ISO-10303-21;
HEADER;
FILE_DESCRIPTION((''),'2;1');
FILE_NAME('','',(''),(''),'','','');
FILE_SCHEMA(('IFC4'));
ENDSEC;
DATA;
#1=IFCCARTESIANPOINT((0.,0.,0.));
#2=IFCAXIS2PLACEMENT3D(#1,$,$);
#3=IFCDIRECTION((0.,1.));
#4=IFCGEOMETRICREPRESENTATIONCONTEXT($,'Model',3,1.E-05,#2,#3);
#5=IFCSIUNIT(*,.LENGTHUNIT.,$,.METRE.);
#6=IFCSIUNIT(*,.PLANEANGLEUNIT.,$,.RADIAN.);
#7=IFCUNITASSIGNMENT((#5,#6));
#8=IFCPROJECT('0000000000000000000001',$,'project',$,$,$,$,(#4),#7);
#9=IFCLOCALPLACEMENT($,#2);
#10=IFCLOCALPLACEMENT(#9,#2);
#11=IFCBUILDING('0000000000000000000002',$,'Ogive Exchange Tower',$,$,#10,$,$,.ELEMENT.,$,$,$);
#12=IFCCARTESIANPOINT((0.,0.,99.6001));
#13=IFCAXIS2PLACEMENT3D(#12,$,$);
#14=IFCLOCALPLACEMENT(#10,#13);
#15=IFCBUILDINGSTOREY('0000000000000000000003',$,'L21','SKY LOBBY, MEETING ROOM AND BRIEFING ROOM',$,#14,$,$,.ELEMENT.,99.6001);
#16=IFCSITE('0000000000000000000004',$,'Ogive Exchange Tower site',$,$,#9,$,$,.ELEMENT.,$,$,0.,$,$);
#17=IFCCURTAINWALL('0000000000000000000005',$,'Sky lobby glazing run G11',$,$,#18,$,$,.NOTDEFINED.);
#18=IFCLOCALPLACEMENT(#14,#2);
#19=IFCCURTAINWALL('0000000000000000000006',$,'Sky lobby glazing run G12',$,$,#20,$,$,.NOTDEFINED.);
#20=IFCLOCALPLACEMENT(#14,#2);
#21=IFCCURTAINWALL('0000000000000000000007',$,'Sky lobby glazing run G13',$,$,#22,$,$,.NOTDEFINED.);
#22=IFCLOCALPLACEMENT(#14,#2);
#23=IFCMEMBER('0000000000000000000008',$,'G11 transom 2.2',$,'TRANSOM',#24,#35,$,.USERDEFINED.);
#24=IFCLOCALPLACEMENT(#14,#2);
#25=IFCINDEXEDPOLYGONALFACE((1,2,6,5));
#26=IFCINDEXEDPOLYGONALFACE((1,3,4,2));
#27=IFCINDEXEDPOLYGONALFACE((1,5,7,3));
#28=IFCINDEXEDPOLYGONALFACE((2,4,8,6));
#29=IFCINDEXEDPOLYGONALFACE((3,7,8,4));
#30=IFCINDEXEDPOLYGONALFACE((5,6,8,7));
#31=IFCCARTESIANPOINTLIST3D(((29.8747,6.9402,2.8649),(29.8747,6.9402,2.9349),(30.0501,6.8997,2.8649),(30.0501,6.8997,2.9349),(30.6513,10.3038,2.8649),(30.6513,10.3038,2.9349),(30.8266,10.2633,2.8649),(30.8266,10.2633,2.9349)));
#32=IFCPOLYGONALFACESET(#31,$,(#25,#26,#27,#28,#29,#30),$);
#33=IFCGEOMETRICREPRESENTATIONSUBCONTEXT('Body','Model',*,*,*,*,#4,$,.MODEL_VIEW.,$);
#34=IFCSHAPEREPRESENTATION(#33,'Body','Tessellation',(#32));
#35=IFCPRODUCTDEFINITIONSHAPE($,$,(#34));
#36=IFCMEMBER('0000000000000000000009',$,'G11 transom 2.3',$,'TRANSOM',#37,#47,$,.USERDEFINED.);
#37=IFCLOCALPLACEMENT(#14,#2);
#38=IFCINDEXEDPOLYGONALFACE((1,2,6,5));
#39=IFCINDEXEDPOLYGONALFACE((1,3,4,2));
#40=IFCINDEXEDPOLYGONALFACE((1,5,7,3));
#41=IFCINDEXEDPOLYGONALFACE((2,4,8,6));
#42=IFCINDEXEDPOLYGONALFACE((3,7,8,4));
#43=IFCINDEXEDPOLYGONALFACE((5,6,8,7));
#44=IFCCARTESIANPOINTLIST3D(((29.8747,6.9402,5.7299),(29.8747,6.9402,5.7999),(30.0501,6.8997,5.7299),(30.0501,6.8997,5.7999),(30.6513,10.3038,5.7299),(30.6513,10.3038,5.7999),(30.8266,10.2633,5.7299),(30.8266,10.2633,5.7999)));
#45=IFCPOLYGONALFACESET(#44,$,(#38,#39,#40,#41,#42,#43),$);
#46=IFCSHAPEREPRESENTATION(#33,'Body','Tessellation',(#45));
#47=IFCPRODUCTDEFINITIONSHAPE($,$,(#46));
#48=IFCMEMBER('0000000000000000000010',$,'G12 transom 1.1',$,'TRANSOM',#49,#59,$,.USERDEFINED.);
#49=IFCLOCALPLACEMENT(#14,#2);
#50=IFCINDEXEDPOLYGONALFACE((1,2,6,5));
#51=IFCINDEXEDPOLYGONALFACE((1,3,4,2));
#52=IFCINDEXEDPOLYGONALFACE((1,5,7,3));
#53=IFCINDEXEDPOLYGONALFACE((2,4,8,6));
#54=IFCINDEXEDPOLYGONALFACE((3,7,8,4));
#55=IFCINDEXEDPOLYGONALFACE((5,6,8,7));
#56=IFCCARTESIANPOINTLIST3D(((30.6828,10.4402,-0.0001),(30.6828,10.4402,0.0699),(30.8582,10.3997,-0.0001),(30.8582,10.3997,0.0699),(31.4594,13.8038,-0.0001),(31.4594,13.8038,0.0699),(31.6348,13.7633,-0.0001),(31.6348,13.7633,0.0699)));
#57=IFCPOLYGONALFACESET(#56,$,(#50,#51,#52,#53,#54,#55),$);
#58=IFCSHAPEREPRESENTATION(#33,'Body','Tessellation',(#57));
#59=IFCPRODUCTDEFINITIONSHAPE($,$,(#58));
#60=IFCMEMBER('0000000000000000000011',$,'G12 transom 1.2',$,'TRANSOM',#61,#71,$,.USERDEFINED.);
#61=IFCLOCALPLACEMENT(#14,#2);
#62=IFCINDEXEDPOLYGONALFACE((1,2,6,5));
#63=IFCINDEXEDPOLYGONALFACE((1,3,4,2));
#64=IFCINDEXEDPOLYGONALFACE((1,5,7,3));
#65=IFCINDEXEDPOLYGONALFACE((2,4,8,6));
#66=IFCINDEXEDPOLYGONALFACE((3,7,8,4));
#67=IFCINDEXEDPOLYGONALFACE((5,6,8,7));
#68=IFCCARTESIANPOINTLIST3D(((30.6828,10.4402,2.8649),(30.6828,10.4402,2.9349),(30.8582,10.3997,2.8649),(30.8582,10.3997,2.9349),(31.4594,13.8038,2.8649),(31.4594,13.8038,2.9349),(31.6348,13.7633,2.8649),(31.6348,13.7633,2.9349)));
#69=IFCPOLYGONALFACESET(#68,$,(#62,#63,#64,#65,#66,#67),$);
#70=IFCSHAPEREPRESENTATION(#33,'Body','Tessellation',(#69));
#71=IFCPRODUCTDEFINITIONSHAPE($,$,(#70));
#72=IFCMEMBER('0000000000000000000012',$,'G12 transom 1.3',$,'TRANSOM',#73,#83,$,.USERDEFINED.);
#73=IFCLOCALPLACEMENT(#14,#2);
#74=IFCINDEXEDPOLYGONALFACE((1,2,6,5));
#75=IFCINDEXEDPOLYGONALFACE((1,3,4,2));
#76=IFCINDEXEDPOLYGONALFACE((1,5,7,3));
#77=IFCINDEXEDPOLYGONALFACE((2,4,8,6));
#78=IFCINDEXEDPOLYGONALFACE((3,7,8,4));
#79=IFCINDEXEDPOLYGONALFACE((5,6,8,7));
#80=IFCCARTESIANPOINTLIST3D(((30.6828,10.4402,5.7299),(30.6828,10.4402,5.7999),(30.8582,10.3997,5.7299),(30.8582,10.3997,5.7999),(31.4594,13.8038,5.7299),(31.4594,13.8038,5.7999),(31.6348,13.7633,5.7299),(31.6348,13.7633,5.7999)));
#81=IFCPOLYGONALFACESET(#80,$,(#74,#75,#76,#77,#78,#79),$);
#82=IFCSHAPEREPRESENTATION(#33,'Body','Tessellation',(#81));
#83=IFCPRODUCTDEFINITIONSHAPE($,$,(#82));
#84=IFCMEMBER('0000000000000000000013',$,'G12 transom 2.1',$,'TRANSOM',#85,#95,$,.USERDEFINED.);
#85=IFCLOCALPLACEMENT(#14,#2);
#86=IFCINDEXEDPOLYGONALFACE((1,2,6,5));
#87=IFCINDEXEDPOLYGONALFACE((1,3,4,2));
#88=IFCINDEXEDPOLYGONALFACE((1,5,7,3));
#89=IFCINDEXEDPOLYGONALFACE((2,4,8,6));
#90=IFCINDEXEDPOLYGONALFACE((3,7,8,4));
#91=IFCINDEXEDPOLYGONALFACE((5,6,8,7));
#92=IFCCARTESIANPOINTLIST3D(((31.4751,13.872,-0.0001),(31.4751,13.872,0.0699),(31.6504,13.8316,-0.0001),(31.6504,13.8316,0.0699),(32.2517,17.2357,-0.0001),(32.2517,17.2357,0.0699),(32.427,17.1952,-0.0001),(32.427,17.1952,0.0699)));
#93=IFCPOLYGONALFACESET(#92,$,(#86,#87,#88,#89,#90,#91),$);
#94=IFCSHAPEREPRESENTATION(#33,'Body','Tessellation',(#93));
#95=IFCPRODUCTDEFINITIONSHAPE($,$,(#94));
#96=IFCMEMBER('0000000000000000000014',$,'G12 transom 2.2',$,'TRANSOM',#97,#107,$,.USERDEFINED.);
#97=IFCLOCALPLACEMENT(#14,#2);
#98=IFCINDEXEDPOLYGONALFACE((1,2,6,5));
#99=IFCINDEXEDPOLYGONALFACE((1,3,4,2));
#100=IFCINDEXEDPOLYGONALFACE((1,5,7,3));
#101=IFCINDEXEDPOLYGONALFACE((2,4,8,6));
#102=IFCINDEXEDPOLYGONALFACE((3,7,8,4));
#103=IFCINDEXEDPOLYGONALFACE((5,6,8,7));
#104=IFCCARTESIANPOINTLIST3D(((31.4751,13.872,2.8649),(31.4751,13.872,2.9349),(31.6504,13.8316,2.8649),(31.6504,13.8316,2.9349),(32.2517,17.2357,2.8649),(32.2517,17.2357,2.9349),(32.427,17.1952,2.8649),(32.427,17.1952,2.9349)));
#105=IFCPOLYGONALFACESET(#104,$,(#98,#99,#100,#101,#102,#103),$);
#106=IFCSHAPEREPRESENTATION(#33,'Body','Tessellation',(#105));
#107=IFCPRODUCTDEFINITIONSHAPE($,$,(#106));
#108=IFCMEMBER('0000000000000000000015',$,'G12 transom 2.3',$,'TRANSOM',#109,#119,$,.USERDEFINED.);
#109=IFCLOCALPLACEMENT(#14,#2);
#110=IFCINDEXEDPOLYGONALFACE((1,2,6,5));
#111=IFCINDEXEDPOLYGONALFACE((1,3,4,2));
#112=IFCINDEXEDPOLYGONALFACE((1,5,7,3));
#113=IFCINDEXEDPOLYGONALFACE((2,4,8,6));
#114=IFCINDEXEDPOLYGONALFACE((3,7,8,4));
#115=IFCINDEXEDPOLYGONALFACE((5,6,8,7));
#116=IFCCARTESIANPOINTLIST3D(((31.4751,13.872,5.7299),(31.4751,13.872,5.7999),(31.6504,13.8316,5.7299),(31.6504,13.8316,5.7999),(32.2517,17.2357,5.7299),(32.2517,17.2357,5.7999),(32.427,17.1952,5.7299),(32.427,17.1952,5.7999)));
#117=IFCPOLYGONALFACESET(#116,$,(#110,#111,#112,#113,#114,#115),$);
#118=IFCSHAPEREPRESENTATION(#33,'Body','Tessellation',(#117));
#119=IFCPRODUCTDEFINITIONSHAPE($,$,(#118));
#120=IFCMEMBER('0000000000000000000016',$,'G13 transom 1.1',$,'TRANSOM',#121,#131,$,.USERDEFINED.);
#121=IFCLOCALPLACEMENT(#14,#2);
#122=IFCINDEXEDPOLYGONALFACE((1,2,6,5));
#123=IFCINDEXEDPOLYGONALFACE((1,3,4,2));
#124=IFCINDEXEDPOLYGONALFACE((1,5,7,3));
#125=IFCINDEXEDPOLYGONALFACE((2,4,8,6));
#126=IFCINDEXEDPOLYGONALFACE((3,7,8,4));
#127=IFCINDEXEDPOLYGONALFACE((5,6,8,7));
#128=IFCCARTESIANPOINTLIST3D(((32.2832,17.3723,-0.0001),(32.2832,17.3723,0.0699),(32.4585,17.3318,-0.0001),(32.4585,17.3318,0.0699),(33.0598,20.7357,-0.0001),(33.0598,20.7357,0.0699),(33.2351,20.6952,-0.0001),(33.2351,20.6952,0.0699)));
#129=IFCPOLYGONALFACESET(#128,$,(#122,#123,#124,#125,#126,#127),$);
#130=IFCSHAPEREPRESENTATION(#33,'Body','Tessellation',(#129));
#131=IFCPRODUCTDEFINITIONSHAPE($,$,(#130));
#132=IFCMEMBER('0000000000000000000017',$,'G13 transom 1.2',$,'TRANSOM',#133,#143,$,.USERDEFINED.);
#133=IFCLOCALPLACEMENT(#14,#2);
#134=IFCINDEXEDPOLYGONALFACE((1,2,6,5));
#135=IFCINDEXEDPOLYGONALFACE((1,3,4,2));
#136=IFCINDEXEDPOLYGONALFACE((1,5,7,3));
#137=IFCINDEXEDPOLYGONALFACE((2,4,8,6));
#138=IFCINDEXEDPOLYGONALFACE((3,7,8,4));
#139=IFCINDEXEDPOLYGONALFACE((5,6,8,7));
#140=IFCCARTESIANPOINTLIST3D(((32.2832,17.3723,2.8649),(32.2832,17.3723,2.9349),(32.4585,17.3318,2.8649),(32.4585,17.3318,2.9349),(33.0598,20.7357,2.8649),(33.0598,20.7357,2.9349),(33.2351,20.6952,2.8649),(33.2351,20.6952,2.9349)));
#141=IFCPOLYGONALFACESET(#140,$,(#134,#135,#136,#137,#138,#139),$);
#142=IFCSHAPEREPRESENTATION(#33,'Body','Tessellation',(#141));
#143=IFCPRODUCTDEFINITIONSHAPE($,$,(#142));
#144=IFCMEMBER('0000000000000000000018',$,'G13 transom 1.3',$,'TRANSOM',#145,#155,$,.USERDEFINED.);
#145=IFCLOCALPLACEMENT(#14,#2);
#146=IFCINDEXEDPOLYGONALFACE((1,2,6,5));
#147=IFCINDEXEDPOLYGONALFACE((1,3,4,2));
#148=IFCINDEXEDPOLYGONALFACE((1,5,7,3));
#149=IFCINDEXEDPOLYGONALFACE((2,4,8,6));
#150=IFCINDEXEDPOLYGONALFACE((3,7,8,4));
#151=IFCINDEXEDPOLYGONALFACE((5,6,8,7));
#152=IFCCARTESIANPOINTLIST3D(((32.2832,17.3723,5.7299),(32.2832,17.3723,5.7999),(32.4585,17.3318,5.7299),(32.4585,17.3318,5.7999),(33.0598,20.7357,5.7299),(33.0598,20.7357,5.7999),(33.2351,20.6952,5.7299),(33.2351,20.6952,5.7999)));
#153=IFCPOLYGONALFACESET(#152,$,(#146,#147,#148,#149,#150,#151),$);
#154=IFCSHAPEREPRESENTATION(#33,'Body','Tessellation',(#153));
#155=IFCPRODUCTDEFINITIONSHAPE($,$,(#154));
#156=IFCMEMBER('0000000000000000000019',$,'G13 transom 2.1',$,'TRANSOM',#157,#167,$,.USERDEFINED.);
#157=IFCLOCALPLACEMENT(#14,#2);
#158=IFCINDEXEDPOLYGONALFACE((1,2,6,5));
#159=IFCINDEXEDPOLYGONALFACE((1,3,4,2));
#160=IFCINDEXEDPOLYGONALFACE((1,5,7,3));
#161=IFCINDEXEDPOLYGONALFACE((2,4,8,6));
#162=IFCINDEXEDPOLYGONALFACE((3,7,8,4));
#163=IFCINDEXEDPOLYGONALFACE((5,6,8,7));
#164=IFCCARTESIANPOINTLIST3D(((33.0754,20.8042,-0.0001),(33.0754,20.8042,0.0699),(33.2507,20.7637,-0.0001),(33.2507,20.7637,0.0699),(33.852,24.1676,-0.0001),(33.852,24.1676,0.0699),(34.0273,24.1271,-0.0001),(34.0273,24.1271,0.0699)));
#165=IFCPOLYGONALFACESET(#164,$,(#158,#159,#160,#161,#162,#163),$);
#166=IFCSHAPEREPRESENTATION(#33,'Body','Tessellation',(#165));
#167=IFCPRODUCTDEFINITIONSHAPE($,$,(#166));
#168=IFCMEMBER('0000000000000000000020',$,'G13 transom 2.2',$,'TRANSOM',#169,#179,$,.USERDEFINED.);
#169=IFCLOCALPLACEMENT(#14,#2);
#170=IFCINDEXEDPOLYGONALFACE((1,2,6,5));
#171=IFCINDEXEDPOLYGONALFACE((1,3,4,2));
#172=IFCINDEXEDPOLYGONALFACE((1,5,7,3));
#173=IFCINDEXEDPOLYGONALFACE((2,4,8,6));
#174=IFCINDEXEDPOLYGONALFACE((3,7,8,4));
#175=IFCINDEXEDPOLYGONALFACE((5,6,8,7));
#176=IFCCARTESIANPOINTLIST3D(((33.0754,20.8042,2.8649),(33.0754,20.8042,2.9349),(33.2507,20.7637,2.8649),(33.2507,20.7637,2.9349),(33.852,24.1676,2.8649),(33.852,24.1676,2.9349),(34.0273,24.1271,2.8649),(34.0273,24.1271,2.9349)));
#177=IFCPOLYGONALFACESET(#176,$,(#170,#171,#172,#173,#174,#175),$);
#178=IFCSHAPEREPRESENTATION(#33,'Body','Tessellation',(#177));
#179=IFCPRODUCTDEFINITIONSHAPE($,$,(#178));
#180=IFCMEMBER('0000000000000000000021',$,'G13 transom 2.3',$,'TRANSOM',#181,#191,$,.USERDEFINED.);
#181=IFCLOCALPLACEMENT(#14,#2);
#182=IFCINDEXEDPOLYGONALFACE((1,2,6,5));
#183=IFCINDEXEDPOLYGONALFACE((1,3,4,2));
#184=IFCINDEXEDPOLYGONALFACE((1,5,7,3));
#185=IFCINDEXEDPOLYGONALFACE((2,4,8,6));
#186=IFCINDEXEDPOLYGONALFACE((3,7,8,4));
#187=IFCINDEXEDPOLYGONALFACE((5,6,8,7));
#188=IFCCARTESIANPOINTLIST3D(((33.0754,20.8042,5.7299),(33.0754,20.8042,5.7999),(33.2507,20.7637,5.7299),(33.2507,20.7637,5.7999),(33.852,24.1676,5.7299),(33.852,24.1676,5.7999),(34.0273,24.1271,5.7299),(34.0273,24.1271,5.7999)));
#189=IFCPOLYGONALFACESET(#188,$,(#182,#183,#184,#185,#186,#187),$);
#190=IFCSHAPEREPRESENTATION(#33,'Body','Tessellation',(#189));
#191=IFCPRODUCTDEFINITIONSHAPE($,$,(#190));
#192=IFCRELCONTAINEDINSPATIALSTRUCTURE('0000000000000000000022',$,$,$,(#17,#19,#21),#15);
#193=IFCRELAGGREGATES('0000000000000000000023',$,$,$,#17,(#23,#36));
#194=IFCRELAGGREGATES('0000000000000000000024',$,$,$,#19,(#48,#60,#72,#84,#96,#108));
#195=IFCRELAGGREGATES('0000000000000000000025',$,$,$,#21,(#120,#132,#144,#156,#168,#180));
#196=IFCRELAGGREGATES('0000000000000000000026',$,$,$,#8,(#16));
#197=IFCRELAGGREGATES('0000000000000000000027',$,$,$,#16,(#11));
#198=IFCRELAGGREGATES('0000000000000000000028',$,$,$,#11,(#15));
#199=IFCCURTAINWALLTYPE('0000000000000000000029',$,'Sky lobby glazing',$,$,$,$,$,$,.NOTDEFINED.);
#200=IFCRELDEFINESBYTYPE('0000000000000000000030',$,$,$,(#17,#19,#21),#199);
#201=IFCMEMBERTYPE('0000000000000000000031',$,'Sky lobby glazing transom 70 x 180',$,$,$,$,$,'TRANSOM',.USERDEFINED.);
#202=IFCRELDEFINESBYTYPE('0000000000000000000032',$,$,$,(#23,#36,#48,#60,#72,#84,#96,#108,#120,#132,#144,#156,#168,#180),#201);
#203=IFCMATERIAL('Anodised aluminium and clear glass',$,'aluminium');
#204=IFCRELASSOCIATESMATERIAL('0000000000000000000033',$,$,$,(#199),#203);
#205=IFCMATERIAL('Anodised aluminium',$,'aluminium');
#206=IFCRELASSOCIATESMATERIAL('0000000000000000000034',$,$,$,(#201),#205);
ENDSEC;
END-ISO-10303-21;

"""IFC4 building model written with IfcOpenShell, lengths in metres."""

from ifc_helpers import new_model, si_unit, direction, frame, origin, origin_2d, place, context, subcontext, project, spatial, rectangle, extrude, material, material_profile, profile_set, type_object, element, aggregate, save


model = new_model("IFC4")

# Units and contexts
model_context = context("Model", 3, precision=1e-05, world=origin(), true_north=direction((0.0, 1.0)))
body_context = subcontext(model_context, "Body", "Model", "MODEL_VIEW")
ifc_project = project(units=[si_unit("LENGTHUNIT", "METRE"), si_unit("PLANEANGLEUNIT", "RADIAN")], contexts=[model_context])

# Site, building, storey
site_placement = place(None, origin())
site = spatial("IfcSite", under=ifc_project, at=site_placement, Name="Ogive Exchange Tower site", CompositionType="ELEMENT", RefElevation=0.0)
building_placement = place(site_placement, origin())
building = spatial("IfcBuilding", under=site, at=building_placement, Name="Ogive Exchange Tower", CompositionType="ELEMENT")
storey_placement = place(building_placement, frame((0.0, 0.0, 99.6001)))
storey = spatial("IfcBuildingStorey", under=building, at=storey_placement, Name="L21", Description="SKY LOBBY, MEETING ROOM AND BRIEFING ROOM", CompositionType="ELEMENT", Elevation=99.6001)

# Curtain walls
ifc_material_1 = material(Name="Anodised aluminium and clear glass", Category="aluminium")
curtain_wall_type = type_object("IfcCurtainWallType", Name="Sky lobby glazing", PredefinedType="NOTDEFINED", material=ifc_material_1)
curtain_wall_1_placement = place(storey_placement, origin())
curtain_wall_1 = element("IfcCurtainWall", 1, at=curtain_wall_1_placement, inside=storey, type_object=curtain_wall_type, Name="Sky lobby glazing run G11", PredefinedType="NOTDEFINED")
ifc_material_2 = material(Name="Anodised aluminium", Category="aluminium")
curtain_wall_2_placement = place(storey_placement, origin())
curtain_wall_2 = element("IfcCurtainWall", 2, at=curtain_wall_2_placement, inside=storey, type_object=curtain_wall_type, Name="Sky lobby glazing run G12", PredefinedType="NOTDEFINED")
curtain_wall_3_placement = place(storey_placement, origin())
curtain_wall_3 = element("IfcCurtainWall", 3, at=curtain_wall_3_placement, inside=storey, type_object=curtain_wall_type, Name="Sky lobby glazing run G13", PredefinedType="NOTDEFINED")

# Members
ifc_material_profile_1 = material_profile(ifc_material_2, rectangle(XDim=0.1799, YDim=0.0701, at=origin_2d()), Name="AL 70x180")
ifc_profile_set_1 = profile_set([ifc_material_profile_1], Name="Anodised aluminium")
member_type_1 = type_object("IfcMemberType", Name="Sky lobby glazing transom 70 x 180", ElementType="TRANSOM", PredefinedType="USERDEFINED", material=ifc_profile_set_1)
member_1_placement = place(storey_placement, frame((29.9624, 6.9199, 2.8999), z_axis=(0.224958, 0.974369, 0.0), x_axis=(-0.974369, 0.224958, 0.0)))
member_1 = element("IfcMember", 4, at=member_1_placement, type_object=member_type_1, Name="G11 transom 2.2", ObjectType="TRANSOM", PredefinedType="USERDEFINED", context=body_context, shape_type="SweptSolid", body=[
    extrude(rectangle(XDim=0.1799, YDim=0.0701, at=origin_2d()), origin(), (0.0, 0.0, 1.0), 3.4521),
])
member_2_placement = place(storey_placement, frame((29.9624, 6.9199, 5.7649), z_axis=(0.224958, 0.974369, 0.0), x_axis=(-0.974369, 0.224958, 0.0)))
member_2 = element("IfcMember", 5, at=member_2_placement, type_object=member_type_1, Name="G11 transom 2.3", ObjectType="TRANSOM", PredefinedType="USERDEFINED", context=body_context, shape_type="SweptSolid", body=[
    extrude(rectangle(XDim=0.1799, YDim=0.0701, at=origin_2d()), origin(), (0.0, 0.0, 1.0), 3.4521),
])
member_3_placement = place(storey_placement, frame((30.7705, 10.4199, 0.0349), z_axis=(0.224958, 0.974369, 0.0), x_axis=(-0.974369, 0.224958, 0.0)))
member_3 = element("IfcMember", 6, at=member_3_placement, type_object=member_type_1, Name="G12 transom 1.1", ObjectType="TRANSOM", PredefinedType="USERDEFINED", context=body_context, shape_type="SweptSolid", body=[
    extrude(rectangle(XDim=0.1799, YDim=0.0701, at=origin_2d()), origin(), (0.0, 0.0, 1.0), 3.4521),
])
member_4_placement = place(storey_placement, frame((30.7705, 10.4199, 2.8999), z_axis=(0.224958, 0.974369, 0.0), x_axis=(-0.974369, 0.224958, 0.0)))
member_4 = element("IfcMember", 7, at=member_4_placement, type_object=member_type_1, Name="G12 transom 1.2", ObjectType="TRANSOM", PredefinedType="USERDEFINED", context=body_context, shape_type="SweptSolid", body=[
    extrude(rectangle(XDim=0.1799, YDim=0.0701, at=origin_2d()), origin(), (0.0, 0.0, 1.0), 3.4521),
])
member_5_placement = place(storey_placement, frame((30.7705, 10.4199, 5.7649), z_axis=(0.224958, 0.974369, 0.0), x_axis=(-0.974369, 0.224958, 0.0)))
member_5 = element("IfcMember", 8, at=member_5_placement, type_object=member_type_1, Name="G12 transom 1.3", ObjectType="TRANSOM", PredefinedType="USERDEFINED", context=body_context, shape_type="SweptSolid", body=[
    extrude(rectangle(XDim=0.1799, YDim=0.0701, at=origin_2d()), origin(), (0.0, 0.0, 1.0), 3.4521),
])
member_6_placement = place(storey_placement, frame((31.5627, 13.8518, 0.0349), z_axis=(0.224958, 0.974369, 0.0), x_axis=(-0.974369, 0.224958, 0.0)))
member_6 = element("IfcMember", 9, at=member_6_placement, type_object=member_type_1, Name="G12 transom 2.1", ObjectType="TRANSOM", PredefinedType="USERDEFINED", context=body_context, shape_type="SweptSolid", body=[
    extrude(rectangle(XDim=0.1799, YDim=0.0701, at=origin_2d()), origin(), (0.0, 0.0, 1.0), 3.4521),
])
member_7_placement = place(storey_placement, frame((31.5627, 13.8518, 2.8999), z_axis=(0.224958, 0.974369, 0.0), x_axis=(-0.974369, 0.224958, 0.0)))
member_7 = element("IfcMember", 10, at=member_7_placement, type_object=member_type_1, Name="G12 transom 2.2", ObjectType="TRANSOM", PredefinedType="USERDEFINED", context=body_context, shape_type="SweptSolid", body=[
    extrude(rectangle(XDim=0.1799, YDim=0.0701, at=origin_2d()), origin(), (0.0, 0.0, 1.0), 3.4521),
])
member_8_placement = place(storey_placement, frame((31.5627, 13.8518, 5.7649), z_axis=(0.224958, 0.974369, 0.0), x_axis=(-0.974369, 0.224958, 0.0)))
member_8 = element("IfcMember", 11, at=member_8_placement, type_object=member_type_1, Name="G12 transom 2.3", ObjectType="TRANSOM", PredefinedType="USERDEFINED", context=body_context, shape_type="SweptSolid", body=[
    extrude(rectangle(XDim=0.1799, YDim=0.0701, at=origin_2d()), origin(), (0.0, 0.0, 1.0), 3.4521),
])
member_9_placement = place(storey_placement, frame((32.3708, 17.3521, 0.0349), z_axis=(0.224973, 0.974365, 0.0), x_axis=(-0.974365, 0.224973, 0.0)))
member_9 = element("IfcMember", 12, at=member_9_placement, type_object=member_type_1, Name="G13 transom 1.1", ObjectType="TRANSOM", PredefinedType="USERDEFINED", context=body_context, shape_type="SweptSolid", body=[
    extrude(rectangle(XDim=0.1799, YDim=0.0701, at=origin_2d()), origin(), (0.0, 0.0, 1.0), 3.4519),
])
member_10_placement = place(storey_placement, frame((32.3708, 17.3521, 2.8999), z_axis=(0.224973, 0.974365, 0.0), x_axis=(-0.974365, 0.224973, 0.0)))
member_10 = element("IfcMember", 13, at=member_10_placement, type_object=member_type_1, Name="G13 transom 1.2", ObjectType="TRANSOM", PredefinedType="USERDEFINED", context=body_context, shape_type="SweptSolid", body=[
    extrude(rectangle(XDim=0.1799, YDim=0.0701, at=origin_2d()), origin(), (0.0, 0.0, 1.0), 3.4519),
])
member_11_placement = place(storey_placement, frame((32.3708, 17.3521, 5.7649), z_axis=(0.224973, 0.974365, 0.0), x_axis=(-0.974365, 0.224973, 0.0)))
member_11 = element("IfcMember", 14, at=member_11_placement, type_object=member_type_1, Name="G13 transom 1.3", ObjectType="TRANSOM", PredefinedType="USERDEFINED", context=body_context, shape_type="SweptSolid", body=[
    extrude(rectangle(XDim=0.1799, YDim=0.0701, at=origin_2d()), origin(), (0.0, 0.0, 1.0), 3.4519),
])
member_12_placement = place(storey_placement, frame((33.1631, 20.7839, 0.0349), z_axis=(0.224973, 0.974365, 0.0), x_axis=(-0.974365, 0.224973, 0.0)))
member_12 = element("IfcMember", 15, at=member_12_placement, type_object=member_type_1, Name="G13 transom 2.1", ObjectType="TRANSOM", PredefinedType="USERDEFINED", context=body_context, shape_type="SweptSolid", body=[
    extrude(rectangle(XDim=0.1799, YDim=0.0701, at=origin_2d()), origin(), (0.0, 0.0, 1.0), 3.4519),
])
member_13_placement = place(storey_placement, frame((33.1631, 20.7839, 2.8999), z_axis=(0.224973, 0.974365, 0.0), x_axis=(-0.974365, 0.224973, 0.0)))
member_13 = element("IfcMember", 16, at=member_13_placement, type_object=member_type_1, Name="G13 transom 2.2", ObjectType="TRANSOM", PredefinedType="USERDEFINED", context=body_context, shape_type="SweptSolid", body=[
    extrude(rectangle(XDim=0.1799, YDim=0.0701, at=origin_2d()), origin(), (0.0, 0.0, 1.0), 3.4519),
])
member_14_placement = place(storey_placement, frame((33.1631, 20.7839, 5.7649), z_axis=(0.224973, 0.974365, 0.0), x_axis=(-0.974365, 0.224973, 0.0)))
member_14 = element("IfcMember", 17, at=member_14_placement, type_object=member_type_1, Name="G13 transom 2.3", ObjectType="TRANSOM", PredefinedType="USERDEFINED", context=body_context, shape_type="SweptSolid", body=[
    extrude(rectangle(XDim=0.1799, YDim=0.0701, at=origin_2d()), origin(), (0.0, 0.0, 1.0), 3.4519),
])

aggregate(curtain_wall_1, [member_1, member_2])
aggregate(curtain_wall_2, [member_3, member_4, member_5, member_6, member_7, member_8])
aggregate(curtain_wall_3, [member_9, member_10, member_11, member_12, member_13, member_14])

save(model, "model.ifc")
